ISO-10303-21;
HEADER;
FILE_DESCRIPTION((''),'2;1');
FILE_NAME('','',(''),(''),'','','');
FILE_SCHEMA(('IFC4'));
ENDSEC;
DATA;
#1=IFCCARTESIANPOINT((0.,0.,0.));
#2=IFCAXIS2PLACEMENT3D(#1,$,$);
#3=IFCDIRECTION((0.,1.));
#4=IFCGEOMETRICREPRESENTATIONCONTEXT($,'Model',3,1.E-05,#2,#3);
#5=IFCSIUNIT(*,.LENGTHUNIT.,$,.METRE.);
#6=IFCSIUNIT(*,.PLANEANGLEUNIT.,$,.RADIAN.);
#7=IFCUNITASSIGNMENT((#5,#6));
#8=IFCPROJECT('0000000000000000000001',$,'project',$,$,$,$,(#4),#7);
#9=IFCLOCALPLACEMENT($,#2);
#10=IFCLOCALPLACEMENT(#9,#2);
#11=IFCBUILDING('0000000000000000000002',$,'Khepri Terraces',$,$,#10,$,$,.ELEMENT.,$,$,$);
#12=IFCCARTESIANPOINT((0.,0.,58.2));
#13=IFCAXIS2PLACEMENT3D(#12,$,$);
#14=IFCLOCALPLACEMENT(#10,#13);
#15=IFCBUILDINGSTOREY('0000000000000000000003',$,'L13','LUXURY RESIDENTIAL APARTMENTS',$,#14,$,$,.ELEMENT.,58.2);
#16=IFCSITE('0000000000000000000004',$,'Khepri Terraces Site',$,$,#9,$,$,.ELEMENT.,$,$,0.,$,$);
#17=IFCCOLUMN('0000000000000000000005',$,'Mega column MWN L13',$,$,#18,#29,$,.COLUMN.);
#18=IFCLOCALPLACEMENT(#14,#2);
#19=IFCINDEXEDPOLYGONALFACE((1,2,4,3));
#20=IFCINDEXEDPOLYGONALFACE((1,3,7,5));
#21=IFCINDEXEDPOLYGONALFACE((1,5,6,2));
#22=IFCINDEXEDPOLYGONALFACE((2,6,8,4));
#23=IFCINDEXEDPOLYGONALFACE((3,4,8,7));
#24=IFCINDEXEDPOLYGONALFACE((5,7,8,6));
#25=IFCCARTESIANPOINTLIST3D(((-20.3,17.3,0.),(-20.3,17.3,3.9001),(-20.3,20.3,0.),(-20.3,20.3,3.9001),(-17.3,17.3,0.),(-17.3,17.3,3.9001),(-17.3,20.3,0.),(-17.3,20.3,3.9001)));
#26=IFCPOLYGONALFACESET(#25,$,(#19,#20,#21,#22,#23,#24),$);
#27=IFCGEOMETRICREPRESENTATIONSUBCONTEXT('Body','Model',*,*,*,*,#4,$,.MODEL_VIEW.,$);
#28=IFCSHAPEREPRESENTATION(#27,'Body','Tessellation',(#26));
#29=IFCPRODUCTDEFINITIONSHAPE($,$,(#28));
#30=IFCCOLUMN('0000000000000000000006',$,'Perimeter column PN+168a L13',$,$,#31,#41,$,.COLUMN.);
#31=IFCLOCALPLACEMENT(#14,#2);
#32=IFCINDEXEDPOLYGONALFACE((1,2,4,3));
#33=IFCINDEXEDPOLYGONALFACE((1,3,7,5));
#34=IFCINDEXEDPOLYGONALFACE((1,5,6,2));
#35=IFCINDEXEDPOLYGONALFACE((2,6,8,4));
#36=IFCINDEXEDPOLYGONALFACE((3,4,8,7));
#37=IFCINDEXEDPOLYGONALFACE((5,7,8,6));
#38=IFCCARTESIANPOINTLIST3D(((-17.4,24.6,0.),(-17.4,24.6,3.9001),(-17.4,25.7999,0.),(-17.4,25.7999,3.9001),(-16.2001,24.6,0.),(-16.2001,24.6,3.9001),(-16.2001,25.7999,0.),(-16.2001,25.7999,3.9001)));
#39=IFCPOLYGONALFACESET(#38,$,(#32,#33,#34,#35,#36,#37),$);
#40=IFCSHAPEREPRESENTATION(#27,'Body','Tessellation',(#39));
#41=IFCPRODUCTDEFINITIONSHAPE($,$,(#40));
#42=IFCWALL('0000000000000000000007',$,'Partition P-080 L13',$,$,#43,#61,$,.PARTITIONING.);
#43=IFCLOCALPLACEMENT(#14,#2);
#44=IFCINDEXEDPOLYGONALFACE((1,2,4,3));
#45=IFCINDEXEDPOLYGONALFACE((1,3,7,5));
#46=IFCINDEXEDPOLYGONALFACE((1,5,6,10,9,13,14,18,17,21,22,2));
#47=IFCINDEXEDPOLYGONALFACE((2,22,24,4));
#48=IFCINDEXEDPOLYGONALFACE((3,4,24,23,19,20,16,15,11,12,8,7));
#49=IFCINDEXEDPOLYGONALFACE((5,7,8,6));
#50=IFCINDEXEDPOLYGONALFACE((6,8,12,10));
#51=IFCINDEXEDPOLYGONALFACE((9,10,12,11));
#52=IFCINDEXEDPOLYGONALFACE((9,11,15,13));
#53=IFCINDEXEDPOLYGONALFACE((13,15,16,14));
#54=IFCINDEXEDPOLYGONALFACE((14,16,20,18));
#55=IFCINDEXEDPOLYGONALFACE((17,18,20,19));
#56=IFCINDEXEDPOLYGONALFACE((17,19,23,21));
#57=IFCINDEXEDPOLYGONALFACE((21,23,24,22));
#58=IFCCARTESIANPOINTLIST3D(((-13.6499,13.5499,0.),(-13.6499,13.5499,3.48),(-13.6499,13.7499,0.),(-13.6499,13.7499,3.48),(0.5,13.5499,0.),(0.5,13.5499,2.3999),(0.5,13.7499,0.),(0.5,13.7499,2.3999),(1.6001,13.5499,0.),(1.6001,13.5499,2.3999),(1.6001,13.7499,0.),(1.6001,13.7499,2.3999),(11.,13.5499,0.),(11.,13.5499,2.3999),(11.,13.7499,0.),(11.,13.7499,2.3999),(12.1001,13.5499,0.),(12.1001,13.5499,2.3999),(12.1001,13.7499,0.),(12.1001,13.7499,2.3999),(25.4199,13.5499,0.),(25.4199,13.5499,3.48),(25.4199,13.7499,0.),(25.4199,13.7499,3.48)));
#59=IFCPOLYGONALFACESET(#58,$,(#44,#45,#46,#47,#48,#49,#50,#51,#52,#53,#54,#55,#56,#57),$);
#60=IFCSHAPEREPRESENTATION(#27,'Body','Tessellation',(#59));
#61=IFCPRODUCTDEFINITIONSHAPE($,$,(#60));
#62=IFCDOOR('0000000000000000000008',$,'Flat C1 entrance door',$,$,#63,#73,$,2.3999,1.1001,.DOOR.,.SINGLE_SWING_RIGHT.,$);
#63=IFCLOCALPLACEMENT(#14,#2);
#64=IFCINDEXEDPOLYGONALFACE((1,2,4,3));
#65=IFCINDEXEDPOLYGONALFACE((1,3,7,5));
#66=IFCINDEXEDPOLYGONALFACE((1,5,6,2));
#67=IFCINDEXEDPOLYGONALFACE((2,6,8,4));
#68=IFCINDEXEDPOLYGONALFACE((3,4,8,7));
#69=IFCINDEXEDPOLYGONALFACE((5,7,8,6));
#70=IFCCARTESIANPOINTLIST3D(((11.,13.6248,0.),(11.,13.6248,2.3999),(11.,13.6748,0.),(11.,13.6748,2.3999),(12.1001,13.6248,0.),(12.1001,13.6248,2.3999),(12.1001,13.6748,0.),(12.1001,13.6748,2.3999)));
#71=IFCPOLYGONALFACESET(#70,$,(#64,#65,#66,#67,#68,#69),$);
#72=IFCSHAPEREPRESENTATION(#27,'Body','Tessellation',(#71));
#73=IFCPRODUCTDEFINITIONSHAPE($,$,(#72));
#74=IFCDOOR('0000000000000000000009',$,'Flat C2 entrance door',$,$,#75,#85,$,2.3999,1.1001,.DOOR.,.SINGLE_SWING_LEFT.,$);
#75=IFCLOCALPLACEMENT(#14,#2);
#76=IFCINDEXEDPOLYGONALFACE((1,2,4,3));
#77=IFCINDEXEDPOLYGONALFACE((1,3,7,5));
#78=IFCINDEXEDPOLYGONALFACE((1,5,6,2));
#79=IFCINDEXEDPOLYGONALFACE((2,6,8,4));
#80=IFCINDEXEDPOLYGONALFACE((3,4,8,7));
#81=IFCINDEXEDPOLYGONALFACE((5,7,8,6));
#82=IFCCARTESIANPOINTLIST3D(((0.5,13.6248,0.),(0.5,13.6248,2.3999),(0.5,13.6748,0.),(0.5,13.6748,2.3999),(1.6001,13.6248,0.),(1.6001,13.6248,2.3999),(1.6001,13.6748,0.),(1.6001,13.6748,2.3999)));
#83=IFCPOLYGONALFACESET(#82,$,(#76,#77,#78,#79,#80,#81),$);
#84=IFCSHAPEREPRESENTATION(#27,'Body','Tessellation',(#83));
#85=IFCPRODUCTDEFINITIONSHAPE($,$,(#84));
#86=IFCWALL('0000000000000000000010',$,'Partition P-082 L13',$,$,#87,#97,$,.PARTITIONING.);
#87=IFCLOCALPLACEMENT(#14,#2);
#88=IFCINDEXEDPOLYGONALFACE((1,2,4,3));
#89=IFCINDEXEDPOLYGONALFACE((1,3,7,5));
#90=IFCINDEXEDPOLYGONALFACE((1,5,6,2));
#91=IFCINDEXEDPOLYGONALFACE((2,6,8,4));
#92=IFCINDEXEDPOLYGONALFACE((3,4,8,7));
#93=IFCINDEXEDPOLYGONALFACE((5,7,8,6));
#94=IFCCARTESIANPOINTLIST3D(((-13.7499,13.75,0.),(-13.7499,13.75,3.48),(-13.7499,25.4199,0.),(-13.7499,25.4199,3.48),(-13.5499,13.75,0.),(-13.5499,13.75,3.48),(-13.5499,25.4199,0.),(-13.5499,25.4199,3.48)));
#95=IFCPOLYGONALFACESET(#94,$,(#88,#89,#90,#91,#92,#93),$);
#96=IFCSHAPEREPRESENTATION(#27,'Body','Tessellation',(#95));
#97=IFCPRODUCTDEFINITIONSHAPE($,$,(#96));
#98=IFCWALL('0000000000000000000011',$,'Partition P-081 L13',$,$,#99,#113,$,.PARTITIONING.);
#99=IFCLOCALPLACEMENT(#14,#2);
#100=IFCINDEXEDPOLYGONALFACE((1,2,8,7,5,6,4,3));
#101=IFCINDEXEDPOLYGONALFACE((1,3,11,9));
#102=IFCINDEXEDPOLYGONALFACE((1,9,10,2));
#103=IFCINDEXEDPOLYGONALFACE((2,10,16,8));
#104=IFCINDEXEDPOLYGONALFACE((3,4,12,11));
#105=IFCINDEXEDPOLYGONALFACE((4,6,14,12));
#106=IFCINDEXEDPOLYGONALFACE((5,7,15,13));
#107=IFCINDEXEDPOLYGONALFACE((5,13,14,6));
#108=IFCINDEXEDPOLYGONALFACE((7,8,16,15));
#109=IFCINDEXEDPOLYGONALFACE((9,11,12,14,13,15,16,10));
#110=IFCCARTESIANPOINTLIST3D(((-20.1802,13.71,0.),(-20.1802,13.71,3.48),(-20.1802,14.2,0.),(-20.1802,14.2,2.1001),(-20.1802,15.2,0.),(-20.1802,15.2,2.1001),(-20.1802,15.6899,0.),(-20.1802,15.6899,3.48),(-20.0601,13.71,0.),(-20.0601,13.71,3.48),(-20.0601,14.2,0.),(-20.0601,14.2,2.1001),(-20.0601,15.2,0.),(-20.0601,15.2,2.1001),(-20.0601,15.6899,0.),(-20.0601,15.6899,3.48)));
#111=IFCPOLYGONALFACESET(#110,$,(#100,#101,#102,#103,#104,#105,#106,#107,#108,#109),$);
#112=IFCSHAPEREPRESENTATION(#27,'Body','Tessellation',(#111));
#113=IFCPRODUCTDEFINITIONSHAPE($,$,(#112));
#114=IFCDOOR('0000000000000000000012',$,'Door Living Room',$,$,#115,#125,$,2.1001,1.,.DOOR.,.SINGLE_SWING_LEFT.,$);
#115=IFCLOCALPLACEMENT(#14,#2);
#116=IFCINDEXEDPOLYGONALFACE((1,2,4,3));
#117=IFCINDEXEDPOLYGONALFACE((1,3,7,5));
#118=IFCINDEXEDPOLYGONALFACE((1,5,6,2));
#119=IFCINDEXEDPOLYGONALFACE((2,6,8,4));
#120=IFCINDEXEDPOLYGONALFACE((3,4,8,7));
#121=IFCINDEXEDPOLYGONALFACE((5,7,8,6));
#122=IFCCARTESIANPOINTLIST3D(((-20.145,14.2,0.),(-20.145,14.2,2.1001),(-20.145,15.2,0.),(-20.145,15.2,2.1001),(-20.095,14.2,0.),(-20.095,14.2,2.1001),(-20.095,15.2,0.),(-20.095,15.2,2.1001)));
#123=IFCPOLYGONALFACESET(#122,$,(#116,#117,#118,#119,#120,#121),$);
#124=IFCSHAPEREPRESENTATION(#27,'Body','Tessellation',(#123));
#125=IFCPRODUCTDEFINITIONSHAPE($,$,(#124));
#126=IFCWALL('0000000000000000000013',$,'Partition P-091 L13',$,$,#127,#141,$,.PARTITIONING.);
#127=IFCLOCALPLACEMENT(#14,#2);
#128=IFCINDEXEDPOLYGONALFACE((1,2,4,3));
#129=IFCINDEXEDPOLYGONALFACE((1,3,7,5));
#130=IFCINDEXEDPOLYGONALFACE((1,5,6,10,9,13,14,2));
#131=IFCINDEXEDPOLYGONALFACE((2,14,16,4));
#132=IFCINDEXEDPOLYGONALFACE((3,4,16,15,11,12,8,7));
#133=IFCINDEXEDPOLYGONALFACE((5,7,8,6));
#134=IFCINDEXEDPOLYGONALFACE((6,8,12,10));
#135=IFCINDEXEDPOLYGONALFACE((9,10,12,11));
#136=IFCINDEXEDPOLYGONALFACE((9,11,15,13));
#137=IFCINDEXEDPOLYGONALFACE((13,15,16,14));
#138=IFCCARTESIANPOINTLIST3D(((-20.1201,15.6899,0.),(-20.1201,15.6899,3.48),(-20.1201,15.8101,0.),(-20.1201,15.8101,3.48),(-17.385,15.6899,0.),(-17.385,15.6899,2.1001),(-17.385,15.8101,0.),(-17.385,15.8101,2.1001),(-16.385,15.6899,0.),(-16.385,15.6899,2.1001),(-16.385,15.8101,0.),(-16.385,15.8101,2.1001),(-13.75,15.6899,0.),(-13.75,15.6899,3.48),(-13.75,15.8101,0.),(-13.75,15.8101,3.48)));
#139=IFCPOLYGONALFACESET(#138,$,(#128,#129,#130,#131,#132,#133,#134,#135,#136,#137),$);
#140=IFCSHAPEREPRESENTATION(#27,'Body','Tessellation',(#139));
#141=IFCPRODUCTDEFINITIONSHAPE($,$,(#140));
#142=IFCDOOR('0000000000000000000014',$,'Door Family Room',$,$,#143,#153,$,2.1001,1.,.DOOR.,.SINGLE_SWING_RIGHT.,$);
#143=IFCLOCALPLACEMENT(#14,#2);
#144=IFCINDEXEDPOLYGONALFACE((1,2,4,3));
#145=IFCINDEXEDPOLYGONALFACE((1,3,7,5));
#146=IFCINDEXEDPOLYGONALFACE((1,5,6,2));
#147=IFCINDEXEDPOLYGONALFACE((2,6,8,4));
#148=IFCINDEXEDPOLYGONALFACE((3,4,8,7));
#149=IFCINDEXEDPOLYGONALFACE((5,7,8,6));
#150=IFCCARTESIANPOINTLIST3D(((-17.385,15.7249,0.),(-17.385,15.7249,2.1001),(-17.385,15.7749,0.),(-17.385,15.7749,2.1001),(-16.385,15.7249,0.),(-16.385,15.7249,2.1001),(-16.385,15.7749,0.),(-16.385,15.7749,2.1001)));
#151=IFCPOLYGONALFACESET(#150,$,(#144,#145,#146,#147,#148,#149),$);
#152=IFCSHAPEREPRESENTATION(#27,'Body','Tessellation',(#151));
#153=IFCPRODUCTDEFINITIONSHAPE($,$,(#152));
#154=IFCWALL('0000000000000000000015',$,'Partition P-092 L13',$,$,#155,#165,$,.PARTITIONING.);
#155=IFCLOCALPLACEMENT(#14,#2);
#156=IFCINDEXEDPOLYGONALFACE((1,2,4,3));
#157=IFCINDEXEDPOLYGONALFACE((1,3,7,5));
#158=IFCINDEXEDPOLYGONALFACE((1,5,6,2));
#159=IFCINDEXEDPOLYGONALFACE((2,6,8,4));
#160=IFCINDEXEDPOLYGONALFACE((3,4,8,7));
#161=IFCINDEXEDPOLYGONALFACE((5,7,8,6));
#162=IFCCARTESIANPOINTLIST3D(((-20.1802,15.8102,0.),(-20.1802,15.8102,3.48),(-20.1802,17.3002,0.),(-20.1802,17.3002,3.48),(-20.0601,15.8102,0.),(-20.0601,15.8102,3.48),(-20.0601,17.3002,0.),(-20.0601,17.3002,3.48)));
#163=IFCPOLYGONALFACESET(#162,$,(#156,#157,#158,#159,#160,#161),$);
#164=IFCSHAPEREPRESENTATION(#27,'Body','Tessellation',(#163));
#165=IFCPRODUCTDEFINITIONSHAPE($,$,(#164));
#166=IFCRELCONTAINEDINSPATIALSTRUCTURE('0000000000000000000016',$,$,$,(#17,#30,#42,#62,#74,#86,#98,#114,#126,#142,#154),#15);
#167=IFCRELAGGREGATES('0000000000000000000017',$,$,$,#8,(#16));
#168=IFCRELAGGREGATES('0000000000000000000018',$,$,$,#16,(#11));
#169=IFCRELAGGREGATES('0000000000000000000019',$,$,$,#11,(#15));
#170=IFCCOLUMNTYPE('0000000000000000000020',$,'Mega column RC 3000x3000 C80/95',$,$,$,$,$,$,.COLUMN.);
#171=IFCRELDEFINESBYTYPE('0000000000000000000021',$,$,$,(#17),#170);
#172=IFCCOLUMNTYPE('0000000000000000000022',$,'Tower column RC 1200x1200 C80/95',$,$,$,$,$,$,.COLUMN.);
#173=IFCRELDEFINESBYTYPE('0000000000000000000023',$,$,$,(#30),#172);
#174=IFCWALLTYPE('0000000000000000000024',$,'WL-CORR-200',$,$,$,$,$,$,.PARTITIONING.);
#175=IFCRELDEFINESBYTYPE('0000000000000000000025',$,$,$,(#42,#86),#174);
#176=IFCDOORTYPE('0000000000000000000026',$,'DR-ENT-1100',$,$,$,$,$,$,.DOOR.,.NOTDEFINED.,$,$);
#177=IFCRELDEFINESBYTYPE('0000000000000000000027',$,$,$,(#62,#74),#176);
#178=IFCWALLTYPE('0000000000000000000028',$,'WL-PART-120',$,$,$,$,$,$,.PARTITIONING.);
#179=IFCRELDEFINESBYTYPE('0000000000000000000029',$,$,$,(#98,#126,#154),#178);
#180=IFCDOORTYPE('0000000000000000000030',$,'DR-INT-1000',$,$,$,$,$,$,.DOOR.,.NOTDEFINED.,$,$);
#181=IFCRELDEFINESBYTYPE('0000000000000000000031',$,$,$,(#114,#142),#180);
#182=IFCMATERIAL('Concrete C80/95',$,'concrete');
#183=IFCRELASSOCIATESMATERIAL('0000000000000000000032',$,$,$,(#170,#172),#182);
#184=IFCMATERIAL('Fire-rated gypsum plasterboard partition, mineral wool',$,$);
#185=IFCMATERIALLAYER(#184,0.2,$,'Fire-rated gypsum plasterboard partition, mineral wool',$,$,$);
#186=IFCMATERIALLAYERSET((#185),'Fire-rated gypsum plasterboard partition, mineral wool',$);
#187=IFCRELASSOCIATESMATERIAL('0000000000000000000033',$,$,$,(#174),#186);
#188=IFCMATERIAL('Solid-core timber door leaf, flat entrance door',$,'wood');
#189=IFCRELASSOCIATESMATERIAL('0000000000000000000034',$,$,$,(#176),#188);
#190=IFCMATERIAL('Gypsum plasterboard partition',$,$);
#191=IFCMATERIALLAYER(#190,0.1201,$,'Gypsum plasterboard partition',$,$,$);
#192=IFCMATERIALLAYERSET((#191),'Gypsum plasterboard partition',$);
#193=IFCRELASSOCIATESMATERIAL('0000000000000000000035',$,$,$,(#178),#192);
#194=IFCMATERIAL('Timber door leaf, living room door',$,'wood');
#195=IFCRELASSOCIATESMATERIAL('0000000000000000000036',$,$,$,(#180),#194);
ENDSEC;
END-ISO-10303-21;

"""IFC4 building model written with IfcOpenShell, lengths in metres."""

from ifc_helpers import new_model, si_unit, direction, frame, frame_2d, origin, origin_2d, place, context, subcontext, project, spatial, rectangle, extrude, material, layer, layer_set, material_profile, profile_set, type_object, element, fill, save


model = new_model("IFC4")

# Units and contexts
model_context = context("Model", 3, precision=1e-05, world=origin(), true_north=direction((0.0, 1.0)))
body_context = subcontext(model_context, "Body", "Model", "MODEL_VIEW")
ifc_project = project(units=[si_unit("LENGTHUNIT", "METRE"), si_unit("PLANEANGLEUNIT", "RADIAN")], contexts=[model_context])

# Site, building, storey
site_placement = place(None, origin())
site = spatial("IfcSite", under=ifc_project, at=site_placement, Name="Khepri Terraces Site", CompositionType="ELEMENT", RefElevation=0.0)
building_placement = place(site_placement, origin())
building = spatial("IfcBuilding", under=site, at=building_placement, Name="Khepri Terraces", CompositionType="ELEMENT")
storey_placement = place(building_placement, frame((0.0, 0.0, 58.2)))
storey = spatial("IfcBuildingStorey", under=building, at=storey_placement, Name="L13", Description="LUXURY RESIDENTIAL APARTMENTS", CompositionType="ELEMENT", Elevation=58.2)

# Columns
ifc_material_1 = material(Name="Concrete C80/95", Category="concrete")
ifc_material_profile_1 = material_profile(ifc_material_1, rectangle(XDim=3.0, YDim=3.0, at=origin_2d()), Name="Concrete C80/95", Category="concrete")
ifc_profile_set_1 = profile_set([ifc_material_profile_1], Name="Concrete C80/95")
column_type_1 = type_object("IfcColumnType", Name="Mega column RC 3000x3000 C80/95", PredefinedType="COLUMN", material=ifc_profile_set_1)
column_1_placement = place(storey_placement, frame((-18.8, 18.8, 0.0), z_axis=(0.0, 0.0, 1.0), x_axis=(1.0, 0.0, 0.0)))
element("IfcColumn", 1, at=column_1_placement, inside=storey, type_object=column_type_1, Name="Mega column MWN L13", PredefinedType="COLUMN", context=body_context, shape_type="SweptSolid", body=[
    extrude(rectangle(XDim=3.0, YDim=3.0, at=origin_2d()), origin(), (0.0, 0.0, 1.0), 3.9001),
])
ifc_material_profile_2 = material_profile(ifc_material_1, rectangle(XDim=1.2, YDim=1.2, at=origin_2d()), Name="Concrete C80/95", Category="concrete")
ifc_profile_set_2 = profile_set([ifc_material_profile_2], Name="Concrete C80/95")
column_type_2 = type_object("IfcColumnType", Name="Tower column RC 1200x1200 C80/95", PredefinedType="COLUMN", material=ifc_profile_set_2)
column_2_placement = place(storey_placement, frame((-16.8, 25.2, 0.0), z_axis=(0.0, 0.0, 1.0), x_axis=(1.0, 0.0, 0.0)))
element("IfcColumn", 2, at=column_2_placement, inside=storey, type_object=column_type_2, Name="Perimeter column PN+168a L13", PredefinedType="COLUMN", context=body_context, shape_type="SweptSolid", body=[
    extrude(rectangle(XDim=1.2, YDim=1.2, at=origin_2d()), origin(), (0.0, 0.0, 1.0), 3.9001),
])

# Wall, openings, doors
ifc_material_2 = material(Name="Fire-rated gypsum plasterboard partition, mineral wool")
ifc_layer_1 = layer(ifc_material_2, 0.2, Name="Fire-rated gypsum plasterboard partition, mineral wool")
ifc_layer_set_1 = layer_set([ifc_layer_1], Name="Fire-rated gypsum plasterboard partition, mineral wool")
wall_type_1 = type_object("IfcWallType", Name="WL-CORR-200", PredefinedType="PARTITIONING", material=ifc_layer_set_1)
wall_1_placement = place(storey_placement, frame((-13.6499, 13.6499, 0.0), z_axis=(0.0, 0.0, 1.0), x_axis=(1.0, 0.0, 0.0)))
wall_1 = element("IfcWall", 3, at=wall_1_placement, inside=storey, type_object=wall_type_1, Name="Partition P-080 L13", PredefinedType="PARTITIONING", context=body_context, shape_type="SweptSolid", body=[
    extrude(rectangle(XDim=39.0698, YDim=0.2, at=frame_2d((19.5349, 0.0))), origin(), (0.0, 0.0, 1.0), 3.48),
])
opening_1_placement = place(wall_1_placement, frame((24.6499, 0.0, 0.0)))
opening_1 = element("IfcOpeningElement", 4, at=opening_1_placement, cuts=wall_1, PredefinedType="OPENING", context=body_context, shape_type="SweptSolid", body=[
    extrude(rectangle(XDim=1.1001, YDim=2.3999, at=frame_2d((0.55, 1.2))), frame((0.0, 0.1099, 0.0), z_axis=(0.0, -1.0, 0.0), x_axis=(1.0, 0.0, 0.0)), (0.0, 0.0, 1.0), 0.22),
])
opening_2_placement = place(wall_1_placement, frame((14.1499, 0.0, 0.0)))
opening_2 = element("IfcOpeningElement", 5, at=opening_2_placement, cuts=wall_1, PredefinedType="OPENING", context=body_context, shape_type="SweptSolid", body=[
    extrude(rectangle(XDim=1.1001, YDim=2.3999, at=frame_2d((0.55, 1.2))), frame((0.0, 0.1099, 0.0), z_axis=(0.0, -1.0, 0.0), x_axis=(1.0, 0.0, 0.0)), (0.0, 0.0, 1.0), 0.22),
])
ifc_material_3 = material(Name="Solid-core timber door leaf, flat entrance door", Category="wood")
door_type_1 = type_object("IfcDoorType", Name="DR-ENT-1100", OperationType="NOTDEFINED", PredefinedType="DOOR", material=ifc_material_3)
door_1_placement = place(opening_1_placement, origin())
door_1 = element("IfcDoor", 6, at=door_1_placement, inside=storey, type_object=door_type_1, Name="Flat C1 entrance door", OperationType="SINGLE_SWING_RIGHT", OverallHeight=2.3999, OverallWidth=1.1001, PredefinedType="DOOR", context=body_context, shape_type="SweptSolid", body=[
    extrude(rectangle(XDim=1.1001, YDim=2.3999, at=frame_2d((0.55, 1.2))), frame((0.0, 0.0249, 0.0), z_axis=(0.0, -1.0, 0.0), x_axis=(1.0, 0.0, 0.0)), (0.0, 0.0, 1.0), 0.05),
])
fill(opening_1, door_1)
door_2_placement = place(opening_2_placement, origin())
door_2 = element("IfcDoor", 7, at=door_2_placement, inside=storey, type_object=door_type_1, Name="Flat C2 entrance door", OperationType="SINGLE_SWING_LEFT", OverallHeight=2.3999, OverallWidth=1.1001, PredefinedType="DOOR", context=body_context, shape_type="SweptSolid", body=[
    extrude(rectangle(XDim=1.1001, YDim=2.3999, at=frame_2d((0.55, 1.2))), frame((0.0, 0.0249, 0.0), z_axis=(0.0, -1.0, 0.0), x_axis=(1.0, 0.0, 0.0)), (0.0, 0.0, 1.0), 0.05),
])
fill(opening_2, door_2)

# Wall
wall_2_placement = place(storey_placement, frame((-13.6499, 13.75, 0.0), z_axis=(0.0, 0.0, 1.0), x_axis=(0.0, 1.0, 0.0)))
element("IfcWall", 8, at=wall_2_placement, inside=storey, type_object=wall_type_1, Name="Partition P-082 L13", PredefinedType="PARTITIONING", context=body_context, shape_type="SweptSolid", body=[
    extrude(rectangle(XDim=11.6699, YDim=0.2, at=frame_2d((5.835, 0.0))), origin(), (0.0, 0.0, 1.0), 3.48),
])

# Walls, openings, doors
ifc_material_4 = material(Name="Gypsum plasterboard partition")
ifc_layer_2 = layer(ifc_material_4, 0.1201, Name="Gypsum plasterboard partition")
ifc_layer_set_2 = layer_set([ifc_layer_2], Name="Gypsum plasterboard partition")
wall_type_2 = type_object("IfcWallType", Name="WL-PART-120", PredefinedType="PARTITIONING", material=ifc_layer_set_2)
wall_3_placement = place(storey_placement, frame((-20.1201, 13.71, 0.0), z_axis=(0.0, 0.0, 1.0), x_axis=(0.0, 1.0, 0.0)))
wall_3 = element("IfcWall", 9, at=wall_3_placement, inside=storey, type_object=wall_type_2, Name="Partition P-081 L13", PredefinedType="PARTITIONING", context=body_context, shape_type="SweptSolid", body=[
    extrude(rectangle(XDim=1.98, YDim=0.1201, at=frame_2d((0.99, 0.0))), origin(), (0.0, 0.0, 1.0), 3.48),
])
opening_3_placement = place(wall_3_placement, frame((0.49, 0.0, 0.0)))
opening_3 = element("IfcOpeningElement", 10, at=opening_3_placement, cuts=wall_3, PredefinedType="OPENING", context=body_context, shape_type="SweptSolid", body=[
    extrude(rectangle(XDim=1.0, YDim=2.1001, at=frame_2d((0.5, 1.05))), frame((0.0, 0.0701, 0.0), z_axis=(0.0, -1.0, 0.0), x_axis=(1.0, 0.0, 0.0)), (0.0, 0.0, 1.0), 0.1401),
])
ifc_material_5 = material(Name="Timber door leaf, living room door", Category="wood")
door_type_2 = type_object("IfcDoorType", Name="DR-INT-1000", OperationType="NOTDEFINED", PredefinedType="DOOR", material=ifc_material_5)
door_3_placement = place(opening_3_placement, origin())
door_3 = element("IfcDoor", 11, at=door_3_placement, inside=storey, type_object=door_type_2, Name="Door Living Room", OperationType="SINGLE_SWING_LEFT", OverallHeight=2.1001, OverallWidth=1.0, PredefinedType="DOOR", context=body_context, shape_type="SweptSolid", body=[
    extrude(rectangle(XDim=1.0, YDim=2.1001, at=frame_2d((0.5, 1.05))), frame((0.0, 0.0249, 0.0), z_axis=(0.0, -1.0, 0.0), x_axis=(1.0, 0.0, 0.0)), (0.0, 0.0, 1.0), 0.05),
])
fill(opening_3, door_3)
wall_4_placement = place(storey_placement, frame((-20.1201, 15.75, 0.0), z_axis=(0.0, 0.0, 1.0), x_axis=(1.0, 0.0, 0.0)))
wall_4 = element("IfcWall", 12, at=wall_4_placement, inside=storey, type_object=wall_type_2, Name="Partition P-091 L13", PredefinedType="PARTITIONING", context=body_context, shape_type="SweptSolid", body=[
    extrude(rectangle(XDim=6.3701, YDim=0.1201, at=frame_2d((3.1851, 0.0))), origin(), (0.0, 0.0, 1.0), 3.48),
])
opening_4_placement = place(wall_4_placement, frame((2.7351, 0.0, 0.0)))
opening_4 = element("IfcOpeningElement", 13, at=opening_4_placement, cuts=wall_4, PredefinedType="OPENING", context=body_context, shape_type="SweptSolid", body=[
    extrude(rectangle(XDim=1.0, YDim=2.1001, at=frame_2d((0.5, 1.05))), frame((0.0, 0.0701, 0.0), z_axis=(0.0, -1.0, 0.0), x_axis=(1.0, 0.0, 0.0)), (0.0, 0.0, 1.0), 0.1401),
])
door_4_placement = place(opening_4_placement, origin())
door_4 = element("IfcDoor", 14, at=door_4_placement, inside=storey, type_object=door_type_2, Name="Door Family Room", OperationType="SINGLE_SWING_RIGHT", OverallHeight=2.1001, OverallWidth=1.0, PredefinedType="DOOR", context=body_context, shape_type="SweptSolid", body=[
    extrude(rectangle(XDim=1.0, YDim=2.1001, at=frame_2d((0.5, 1.05))), frame((0.0, 0.0249, 0.0), z_axis=(0.0, -1.0, 0.0), x_axis=(1.0, 0.0, 0.0)), (0.0, 0.0, 1.0), 0.05),
])
fill(opening_4, door_4)

# Wall
wall_5_placement = place(storey_placement, frame((-20.1201, 15.8101, 0.0), z_axis=(0.0, 0.0, 1.0), x_axis=(0.0, 1.0, 0.0)))
element("IfcWall", 15, at=wall_5_placement, inside=storey, type_object=wall_type_2, Name="Partition P-092 L13", PredefinedType="PARTITIONING", context=body_context, shape_type="SweptSolid", body=[
    extrude(rectangle(XDim=1.49, YDim=0.1201, at=frame_2d((0.7451, 0.0))), origin(), (0.0, 0.0, 1.0), 3.48),
])

save(model, "model.ifc")
